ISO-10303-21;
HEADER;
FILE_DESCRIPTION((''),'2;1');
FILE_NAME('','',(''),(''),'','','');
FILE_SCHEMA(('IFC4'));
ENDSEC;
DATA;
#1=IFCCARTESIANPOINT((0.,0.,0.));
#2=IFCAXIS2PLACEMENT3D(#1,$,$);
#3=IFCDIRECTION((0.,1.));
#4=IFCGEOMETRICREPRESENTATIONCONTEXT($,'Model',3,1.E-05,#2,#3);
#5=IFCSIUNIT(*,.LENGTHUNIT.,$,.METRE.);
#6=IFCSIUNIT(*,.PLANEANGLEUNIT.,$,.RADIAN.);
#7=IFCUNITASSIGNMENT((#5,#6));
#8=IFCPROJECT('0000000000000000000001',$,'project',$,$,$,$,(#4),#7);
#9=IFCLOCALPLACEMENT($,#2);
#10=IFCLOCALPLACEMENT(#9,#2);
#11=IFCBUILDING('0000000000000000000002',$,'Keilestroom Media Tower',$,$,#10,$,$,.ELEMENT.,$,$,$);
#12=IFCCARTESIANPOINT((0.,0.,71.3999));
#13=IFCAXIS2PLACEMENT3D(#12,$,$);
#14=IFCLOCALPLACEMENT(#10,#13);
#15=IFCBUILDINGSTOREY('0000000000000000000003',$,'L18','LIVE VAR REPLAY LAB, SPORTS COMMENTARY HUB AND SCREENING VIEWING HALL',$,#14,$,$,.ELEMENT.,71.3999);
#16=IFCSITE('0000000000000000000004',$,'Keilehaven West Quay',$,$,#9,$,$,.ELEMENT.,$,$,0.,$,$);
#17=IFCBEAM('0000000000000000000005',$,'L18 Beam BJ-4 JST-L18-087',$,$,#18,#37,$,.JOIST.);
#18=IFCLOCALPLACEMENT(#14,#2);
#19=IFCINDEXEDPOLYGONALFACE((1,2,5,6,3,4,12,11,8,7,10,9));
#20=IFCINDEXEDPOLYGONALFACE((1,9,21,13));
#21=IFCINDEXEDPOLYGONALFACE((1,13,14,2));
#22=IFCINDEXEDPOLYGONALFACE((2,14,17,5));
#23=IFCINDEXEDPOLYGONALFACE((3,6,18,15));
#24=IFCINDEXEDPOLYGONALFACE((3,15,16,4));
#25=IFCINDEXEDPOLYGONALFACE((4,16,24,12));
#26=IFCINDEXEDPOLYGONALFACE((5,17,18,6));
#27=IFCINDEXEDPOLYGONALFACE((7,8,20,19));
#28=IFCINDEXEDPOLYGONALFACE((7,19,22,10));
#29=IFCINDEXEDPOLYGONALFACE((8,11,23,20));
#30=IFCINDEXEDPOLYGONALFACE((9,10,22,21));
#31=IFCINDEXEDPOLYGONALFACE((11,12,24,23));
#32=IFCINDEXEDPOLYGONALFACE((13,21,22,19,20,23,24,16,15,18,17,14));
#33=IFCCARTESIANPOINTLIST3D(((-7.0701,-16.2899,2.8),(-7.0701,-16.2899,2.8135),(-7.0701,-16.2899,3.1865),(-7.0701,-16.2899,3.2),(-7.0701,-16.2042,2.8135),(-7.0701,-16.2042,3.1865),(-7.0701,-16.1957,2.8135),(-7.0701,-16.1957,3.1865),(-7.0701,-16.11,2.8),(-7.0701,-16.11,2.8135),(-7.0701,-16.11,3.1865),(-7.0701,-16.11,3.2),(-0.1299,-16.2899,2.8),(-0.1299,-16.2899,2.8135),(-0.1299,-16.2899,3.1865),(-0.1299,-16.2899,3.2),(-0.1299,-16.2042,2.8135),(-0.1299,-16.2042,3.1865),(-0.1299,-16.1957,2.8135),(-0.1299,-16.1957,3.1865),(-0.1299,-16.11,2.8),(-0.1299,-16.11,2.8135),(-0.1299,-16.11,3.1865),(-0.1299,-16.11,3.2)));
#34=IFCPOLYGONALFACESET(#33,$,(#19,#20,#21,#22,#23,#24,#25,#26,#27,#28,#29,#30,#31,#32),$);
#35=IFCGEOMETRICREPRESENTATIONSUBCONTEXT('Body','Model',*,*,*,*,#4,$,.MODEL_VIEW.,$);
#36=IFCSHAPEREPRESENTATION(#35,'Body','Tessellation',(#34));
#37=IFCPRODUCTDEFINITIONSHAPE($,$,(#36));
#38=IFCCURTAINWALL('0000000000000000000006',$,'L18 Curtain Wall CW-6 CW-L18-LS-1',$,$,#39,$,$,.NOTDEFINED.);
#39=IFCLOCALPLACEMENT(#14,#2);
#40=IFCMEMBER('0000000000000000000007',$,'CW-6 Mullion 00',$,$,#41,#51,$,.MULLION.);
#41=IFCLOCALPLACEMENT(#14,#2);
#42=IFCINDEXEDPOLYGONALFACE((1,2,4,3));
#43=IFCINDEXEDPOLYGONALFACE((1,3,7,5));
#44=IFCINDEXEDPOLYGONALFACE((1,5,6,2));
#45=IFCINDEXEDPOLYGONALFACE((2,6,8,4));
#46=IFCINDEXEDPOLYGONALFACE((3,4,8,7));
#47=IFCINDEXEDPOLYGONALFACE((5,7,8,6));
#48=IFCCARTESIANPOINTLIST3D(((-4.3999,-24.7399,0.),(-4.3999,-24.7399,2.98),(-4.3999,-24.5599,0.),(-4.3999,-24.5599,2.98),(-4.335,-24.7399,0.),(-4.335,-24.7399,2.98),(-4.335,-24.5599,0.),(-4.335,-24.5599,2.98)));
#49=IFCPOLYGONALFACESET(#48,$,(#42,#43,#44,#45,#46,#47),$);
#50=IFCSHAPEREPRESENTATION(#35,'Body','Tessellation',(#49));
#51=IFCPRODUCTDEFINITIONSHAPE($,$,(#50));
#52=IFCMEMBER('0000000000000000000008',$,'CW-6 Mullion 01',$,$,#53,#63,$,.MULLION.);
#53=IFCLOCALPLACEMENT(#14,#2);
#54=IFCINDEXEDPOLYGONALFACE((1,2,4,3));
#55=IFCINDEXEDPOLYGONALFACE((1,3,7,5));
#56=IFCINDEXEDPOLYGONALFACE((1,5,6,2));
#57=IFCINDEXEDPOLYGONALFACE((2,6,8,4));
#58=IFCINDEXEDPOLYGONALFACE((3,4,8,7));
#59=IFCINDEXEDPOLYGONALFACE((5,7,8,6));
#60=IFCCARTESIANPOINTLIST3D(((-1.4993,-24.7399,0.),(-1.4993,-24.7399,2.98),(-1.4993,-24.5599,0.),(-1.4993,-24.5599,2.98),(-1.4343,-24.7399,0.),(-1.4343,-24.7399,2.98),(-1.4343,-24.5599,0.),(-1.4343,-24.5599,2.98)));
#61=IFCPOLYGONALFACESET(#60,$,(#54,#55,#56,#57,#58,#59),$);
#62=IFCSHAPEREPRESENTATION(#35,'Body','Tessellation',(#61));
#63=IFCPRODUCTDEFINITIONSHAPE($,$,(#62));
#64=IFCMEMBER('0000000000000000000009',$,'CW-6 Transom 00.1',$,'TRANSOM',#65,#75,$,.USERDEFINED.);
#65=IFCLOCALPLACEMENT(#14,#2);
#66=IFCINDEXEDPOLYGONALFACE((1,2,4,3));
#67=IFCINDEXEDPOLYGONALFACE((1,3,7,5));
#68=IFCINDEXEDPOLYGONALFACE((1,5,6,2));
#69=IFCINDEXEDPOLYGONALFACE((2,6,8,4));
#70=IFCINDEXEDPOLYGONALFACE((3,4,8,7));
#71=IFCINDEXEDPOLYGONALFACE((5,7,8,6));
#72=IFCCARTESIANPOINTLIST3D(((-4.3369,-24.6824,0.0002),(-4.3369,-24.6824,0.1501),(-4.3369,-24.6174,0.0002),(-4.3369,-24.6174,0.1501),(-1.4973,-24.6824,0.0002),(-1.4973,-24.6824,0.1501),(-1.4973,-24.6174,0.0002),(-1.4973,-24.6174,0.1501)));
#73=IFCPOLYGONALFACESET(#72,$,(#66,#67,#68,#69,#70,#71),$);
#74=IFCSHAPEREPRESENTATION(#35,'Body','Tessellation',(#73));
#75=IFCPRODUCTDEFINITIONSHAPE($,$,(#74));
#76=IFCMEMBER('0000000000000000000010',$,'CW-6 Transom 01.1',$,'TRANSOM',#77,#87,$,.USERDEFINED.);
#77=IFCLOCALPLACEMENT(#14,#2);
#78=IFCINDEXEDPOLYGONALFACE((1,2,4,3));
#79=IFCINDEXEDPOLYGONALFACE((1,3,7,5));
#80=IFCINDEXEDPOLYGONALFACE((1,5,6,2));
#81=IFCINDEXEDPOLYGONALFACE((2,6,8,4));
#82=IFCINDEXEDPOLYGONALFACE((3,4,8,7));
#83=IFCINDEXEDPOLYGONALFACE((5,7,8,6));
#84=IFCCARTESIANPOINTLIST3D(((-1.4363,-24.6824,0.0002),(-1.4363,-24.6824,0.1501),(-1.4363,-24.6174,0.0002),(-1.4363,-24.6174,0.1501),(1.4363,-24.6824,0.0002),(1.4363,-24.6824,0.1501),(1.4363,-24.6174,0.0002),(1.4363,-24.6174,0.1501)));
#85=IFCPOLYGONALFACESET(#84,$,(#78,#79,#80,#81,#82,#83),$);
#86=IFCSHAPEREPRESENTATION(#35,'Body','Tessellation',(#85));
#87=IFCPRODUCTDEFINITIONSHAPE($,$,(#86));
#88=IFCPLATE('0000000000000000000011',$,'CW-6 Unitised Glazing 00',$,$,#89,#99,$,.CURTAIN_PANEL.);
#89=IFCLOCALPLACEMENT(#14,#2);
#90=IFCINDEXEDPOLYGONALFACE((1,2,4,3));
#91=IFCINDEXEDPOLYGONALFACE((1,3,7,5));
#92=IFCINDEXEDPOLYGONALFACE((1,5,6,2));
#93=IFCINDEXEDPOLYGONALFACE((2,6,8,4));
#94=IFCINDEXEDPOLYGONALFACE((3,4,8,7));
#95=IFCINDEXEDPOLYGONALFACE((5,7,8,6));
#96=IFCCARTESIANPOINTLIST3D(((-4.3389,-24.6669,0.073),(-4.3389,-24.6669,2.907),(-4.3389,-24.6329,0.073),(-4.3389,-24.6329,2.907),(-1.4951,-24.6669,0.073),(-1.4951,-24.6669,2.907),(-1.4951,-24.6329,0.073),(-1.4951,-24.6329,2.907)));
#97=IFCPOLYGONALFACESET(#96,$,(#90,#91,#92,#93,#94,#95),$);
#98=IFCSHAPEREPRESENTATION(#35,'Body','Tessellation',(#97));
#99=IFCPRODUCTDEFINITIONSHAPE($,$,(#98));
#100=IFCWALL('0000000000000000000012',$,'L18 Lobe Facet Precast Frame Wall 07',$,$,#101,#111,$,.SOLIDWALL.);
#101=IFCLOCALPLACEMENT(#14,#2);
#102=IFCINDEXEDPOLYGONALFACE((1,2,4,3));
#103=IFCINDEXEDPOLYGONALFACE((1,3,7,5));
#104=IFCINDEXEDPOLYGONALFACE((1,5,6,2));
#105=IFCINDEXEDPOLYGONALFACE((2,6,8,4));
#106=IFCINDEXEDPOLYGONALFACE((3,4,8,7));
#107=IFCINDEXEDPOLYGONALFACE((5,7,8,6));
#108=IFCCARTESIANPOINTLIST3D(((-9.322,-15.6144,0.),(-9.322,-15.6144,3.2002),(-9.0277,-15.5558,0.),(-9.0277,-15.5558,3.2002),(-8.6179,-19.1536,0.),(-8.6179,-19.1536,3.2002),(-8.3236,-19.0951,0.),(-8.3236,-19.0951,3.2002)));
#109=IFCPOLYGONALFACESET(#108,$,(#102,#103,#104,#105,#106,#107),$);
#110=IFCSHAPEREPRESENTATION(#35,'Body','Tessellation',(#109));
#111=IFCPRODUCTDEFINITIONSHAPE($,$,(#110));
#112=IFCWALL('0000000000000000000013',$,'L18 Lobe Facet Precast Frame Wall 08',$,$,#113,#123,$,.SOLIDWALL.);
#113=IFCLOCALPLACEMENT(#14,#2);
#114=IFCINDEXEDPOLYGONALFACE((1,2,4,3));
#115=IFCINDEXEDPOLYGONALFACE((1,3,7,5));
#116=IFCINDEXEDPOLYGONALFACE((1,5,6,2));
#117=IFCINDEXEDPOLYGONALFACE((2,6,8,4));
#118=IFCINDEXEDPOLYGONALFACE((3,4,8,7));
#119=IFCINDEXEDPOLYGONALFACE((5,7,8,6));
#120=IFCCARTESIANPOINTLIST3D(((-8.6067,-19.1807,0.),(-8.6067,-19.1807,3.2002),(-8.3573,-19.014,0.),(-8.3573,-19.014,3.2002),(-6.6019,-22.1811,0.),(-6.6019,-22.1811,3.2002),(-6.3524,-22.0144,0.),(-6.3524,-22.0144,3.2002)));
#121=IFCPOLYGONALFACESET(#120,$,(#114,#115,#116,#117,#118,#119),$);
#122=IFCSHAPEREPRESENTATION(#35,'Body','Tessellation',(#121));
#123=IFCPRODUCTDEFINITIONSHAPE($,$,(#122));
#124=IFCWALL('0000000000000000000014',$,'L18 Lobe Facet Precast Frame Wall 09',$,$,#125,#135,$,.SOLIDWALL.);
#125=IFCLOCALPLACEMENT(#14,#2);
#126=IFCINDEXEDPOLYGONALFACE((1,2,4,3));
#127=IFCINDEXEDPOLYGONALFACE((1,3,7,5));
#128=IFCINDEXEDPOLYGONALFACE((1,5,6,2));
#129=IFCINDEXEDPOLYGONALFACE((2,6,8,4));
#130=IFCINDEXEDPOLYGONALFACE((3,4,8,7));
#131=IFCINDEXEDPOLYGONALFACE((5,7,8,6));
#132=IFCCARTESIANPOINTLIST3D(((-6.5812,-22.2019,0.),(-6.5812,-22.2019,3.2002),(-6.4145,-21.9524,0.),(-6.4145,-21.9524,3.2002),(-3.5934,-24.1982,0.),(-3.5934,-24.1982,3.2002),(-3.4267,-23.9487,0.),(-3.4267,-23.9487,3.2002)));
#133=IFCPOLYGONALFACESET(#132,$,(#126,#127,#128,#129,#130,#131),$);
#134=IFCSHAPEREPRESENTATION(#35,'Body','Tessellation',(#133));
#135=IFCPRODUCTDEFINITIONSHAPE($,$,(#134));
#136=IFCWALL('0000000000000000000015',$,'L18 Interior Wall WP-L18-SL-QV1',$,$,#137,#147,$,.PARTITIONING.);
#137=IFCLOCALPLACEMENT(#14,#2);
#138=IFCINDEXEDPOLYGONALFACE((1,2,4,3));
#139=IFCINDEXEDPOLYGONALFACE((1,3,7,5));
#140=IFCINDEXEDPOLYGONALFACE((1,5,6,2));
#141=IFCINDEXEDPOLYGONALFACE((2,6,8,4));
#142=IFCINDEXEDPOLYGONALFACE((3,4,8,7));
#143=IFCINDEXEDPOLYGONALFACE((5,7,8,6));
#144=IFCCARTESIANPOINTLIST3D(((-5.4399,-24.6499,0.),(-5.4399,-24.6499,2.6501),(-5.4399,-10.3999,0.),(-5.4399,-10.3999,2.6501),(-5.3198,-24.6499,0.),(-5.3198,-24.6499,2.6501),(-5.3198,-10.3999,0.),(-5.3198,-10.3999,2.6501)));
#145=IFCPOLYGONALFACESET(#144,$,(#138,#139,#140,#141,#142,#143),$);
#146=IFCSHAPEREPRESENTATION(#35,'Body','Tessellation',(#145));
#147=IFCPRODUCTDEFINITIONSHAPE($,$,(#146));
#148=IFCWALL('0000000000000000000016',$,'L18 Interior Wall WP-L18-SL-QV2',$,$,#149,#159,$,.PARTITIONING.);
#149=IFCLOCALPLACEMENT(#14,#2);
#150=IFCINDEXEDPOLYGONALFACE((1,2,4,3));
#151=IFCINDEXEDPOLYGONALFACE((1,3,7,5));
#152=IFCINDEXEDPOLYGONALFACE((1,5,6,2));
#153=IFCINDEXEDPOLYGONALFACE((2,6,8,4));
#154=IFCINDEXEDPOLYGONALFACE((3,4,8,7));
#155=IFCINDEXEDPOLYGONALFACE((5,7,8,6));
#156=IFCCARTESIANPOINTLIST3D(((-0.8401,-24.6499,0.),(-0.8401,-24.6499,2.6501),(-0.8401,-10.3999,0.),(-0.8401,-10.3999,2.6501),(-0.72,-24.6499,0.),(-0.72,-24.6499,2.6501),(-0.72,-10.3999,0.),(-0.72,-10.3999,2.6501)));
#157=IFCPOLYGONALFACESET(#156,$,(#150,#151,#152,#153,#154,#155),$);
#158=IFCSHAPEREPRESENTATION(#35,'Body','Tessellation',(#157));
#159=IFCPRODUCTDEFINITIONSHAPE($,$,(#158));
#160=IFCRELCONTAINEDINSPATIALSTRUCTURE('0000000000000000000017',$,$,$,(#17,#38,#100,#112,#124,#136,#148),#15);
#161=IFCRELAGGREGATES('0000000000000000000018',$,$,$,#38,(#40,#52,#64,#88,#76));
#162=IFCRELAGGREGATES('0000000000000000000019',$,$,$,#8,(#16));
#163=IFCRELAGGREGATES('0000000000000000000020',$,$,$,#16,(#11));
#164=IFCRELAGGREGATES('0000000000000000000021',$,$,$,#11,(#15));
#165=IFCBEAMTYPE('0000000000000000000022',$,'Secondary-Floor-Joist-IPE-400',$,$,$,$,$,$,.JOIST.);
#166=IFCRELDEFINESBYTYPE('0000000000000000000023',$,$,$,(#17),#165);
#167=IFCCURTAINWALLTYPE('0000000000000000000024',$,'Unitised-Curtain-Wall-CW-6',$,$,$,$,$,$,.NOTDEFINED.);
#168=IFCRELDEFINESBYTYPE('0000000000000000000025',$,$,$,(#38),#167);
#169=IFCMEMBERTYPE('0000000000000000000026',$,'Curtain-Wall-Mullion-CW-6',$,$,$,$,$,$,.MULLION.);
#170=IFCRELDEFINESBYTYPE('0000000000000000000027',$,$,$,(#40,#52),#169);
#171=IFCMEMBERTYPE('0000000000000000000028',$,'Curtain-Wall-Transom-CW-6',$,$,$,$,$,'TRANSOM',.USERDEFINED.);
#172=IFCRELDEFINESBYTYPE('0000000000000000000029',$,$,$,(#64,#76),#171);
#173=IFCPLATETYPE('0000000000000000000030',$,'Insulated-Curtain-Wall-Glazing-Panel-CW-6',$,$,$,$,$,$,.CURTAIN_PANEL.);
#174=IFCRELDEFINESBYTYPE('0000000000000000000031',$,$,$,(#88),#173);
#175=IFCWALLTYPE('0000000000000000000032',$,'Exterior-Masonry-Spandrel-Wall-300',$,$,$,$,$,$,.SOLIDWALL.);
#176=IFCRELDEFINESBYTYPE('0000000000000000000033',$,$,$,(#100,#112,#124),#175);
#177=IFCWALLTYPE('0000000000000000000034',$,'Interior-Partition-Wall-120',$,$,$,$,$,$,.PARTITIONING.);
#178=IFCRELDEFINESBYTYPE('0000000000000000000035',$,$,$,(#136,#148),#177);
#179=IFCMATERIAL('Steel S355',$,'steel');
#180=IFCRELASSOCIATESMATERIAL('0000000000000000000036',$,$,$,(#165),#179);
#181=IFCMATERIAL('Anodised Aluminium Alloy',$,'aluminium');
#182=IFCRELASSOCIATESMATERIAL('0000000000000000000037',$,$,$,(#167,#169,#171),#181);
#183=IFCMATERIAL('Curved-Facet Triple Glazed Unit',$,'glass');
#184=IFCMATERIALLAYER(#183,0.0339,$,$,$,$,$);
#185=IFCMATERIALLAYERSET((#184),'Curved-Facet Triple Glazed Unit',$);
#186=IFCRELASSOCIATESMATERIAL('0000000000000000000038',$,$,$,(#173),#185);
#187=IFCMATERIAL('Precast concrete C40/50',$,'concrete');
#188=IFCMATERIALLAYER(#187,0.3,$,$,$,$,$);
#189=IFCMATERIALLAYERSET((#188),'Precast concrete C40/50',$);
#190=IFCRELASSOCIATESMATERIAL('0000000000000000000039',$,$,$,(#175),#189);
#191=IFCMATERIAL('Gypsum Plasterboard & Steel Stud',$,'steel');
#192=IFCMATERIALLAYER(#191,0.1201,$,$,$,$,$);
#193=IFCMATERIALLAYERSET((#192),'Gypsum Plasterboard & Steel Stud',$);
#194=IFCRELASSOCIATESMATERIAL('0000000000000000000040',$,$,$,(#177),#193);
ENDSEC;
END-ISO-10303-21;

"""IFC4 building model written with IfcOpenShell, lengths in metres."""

from ifc_helpers import new_model, si_unit, direction, frame, frame_2d, origin, origin_2d, place, context, subcontext, project, spatial, rectangle, i_section, extrude, source, transform, mapped, material, layer, layer_set, material_profile, profile_set, type_object, element, aggregate, save


model = new_model("IFC4")

# Units and contexts
model_context = context("Model", 3, precision=1e-05, world=origin(), true_north=direction((0.0, 1.0)))
body_context = subcontext(model_context, "Body", "Model", "MODEL_VIEW")
ifc_project = project(units=[si_unit("LENGTHUNIT", "METRE"), si_unit("PLANEANGLEUNIT", "RADIAN")], contexts=[model_context])

# Site, building, storey
site_placement = place(None, origin())
site = spatial("IfcSite", under=ifc_project, at=site_placement, Name="Keilehaven West Quay", CompositionType="ELEMENT", RefElevation=0.0)
building_placement = place(site_placement, origin())
building = spatial("IfcBuilding", under=site, at=building_placement, Name="Keilestroom Media Tower", CompositionType="ELEMENT")
storey_placement = place(building_placement, frame((0.0, 0.0, 71.3999)))
storey = spatial("IfcBuildingStorey", under=building, at=storey_placement, Name="L18", Description="LIVE VAR REPLAY LAB, SPORTS COMMENTARY HUB AND SCREENING VIEWING HALL", CompositionType="ELEMENT", Elevation=71.3999)

# Beam
ifc_material_1 = material(Name="Steel S355", Category="steel")
ifc_material_profile_1 = material_profile(ifc_material_1, i_section(OverallWidth=0.1799, OverallDepth=0.3999, WebThickness=0.0085, FlangeThickness=0.0134, at=origin_2d()), Name="IPE 400")
ifc_profile_set_1 = profile_set([ifc_material_profile_1], Name="Steel S355")
beam_type_1 = type_object("IfcBeamType", Name="Secondary-Floor-Joist-IPE-400", PredefinedType="JOIST", material=ifc_profile_set_1)
shared_shape_1 = source(origin(), body_context, "Body", "SweptSolid", [
    extrude(i_section(OverallWidth=0.1799, OverallDepth=0.3999, WebThickness=0.0085, FlangeThickness=0.0134, at=origin_2d()), origin(), (0.0, 0.0, 1.0), 6.9402),
])
beam_1_placement = place(storey_placement, frame((-7.0701, -16.2, 3.0), z_axis=(1.0, 0.0, 0.0), x_axis=(0.0, 1.0, 0.0)))
element("IfcBeam", 1, at=beam_1_placement, inside=storey, type_object=beam_type_1, Name="L18 Beam BJ-4 JST-L18-087", PredefinedType="JOIST", context=body_context, shape_type="MappedRepresentation", body=[
    mapped(shared_shape_1, transform((0.0, 0.0, 0.0), x_axis=(1.0, 0.0, 0.0), y_axis=(0.0, 1.0, 0.0), z_axis=(0.0, 0.0, 1.0), scale=1.0)),
])

# Curtain wall, members, plate
ifc_material_2 = material(Name="Anodised Aluminium Alloy", Category="aluminium")
curtain_wall_type = type_object("IfcCurtainWallType", Name="Unitised-Curtain-Wall-CW-6", PredefinedType="NOTDEFINED", material=ifc_material_2)
curtain_wall_placement = place(storey_placement, origin())
curtain_wall = element("IfcCurtainWall", 2, at=curtain_wall_placement, inside=storey, type_object=curtain_wall_type, Name="L18 Curtain Wall CW-6 CW-L18-LS-1", PredefinedType="NOTDEFINED")
ifc_material_profile_2 = material_profile(ifc_material_2, rectangle(XDim=0.0649, YDim=0.1799, at=origin_2d()), Name="ALU MULLION 65x180")
ifc_profile_set_2 = profile_set([ifc_material_profile_2], Name="Anodised Aluminium Alloy")
member_type_1 = type_object("IfcMemberType", Name="Curtain-Wall-Mullion-CW-6", PredefinedType="MULLION", material=ifc_profile_set_2)
shared_shape_2 = source(origin(), body_context, "Body", "SweptSolid", [
    extrude(rectangle(XDim=0.0649, YDim=0.1799, at=origin_2d()), origin(), (0.0, 0.0, 1.0), 2.98),
])
member_1_placement = place(storey_placement, frame((-4.3674, -24.6499, 0.0), z_axis=(0.0, 0.0, 1.0), x_axis=(1.0, 0.0, 0.0)))
member_1 = element("IfcMember", 3, at=member_1_placement, type_object=member_type_1, Name="CW-6 Mullion 00", PredefinedType="MULLION", context=body_context, shape_type="MappedRepresentation", body=[
    mapped(shared_shape_2, transform((0.0, 0.0, 0.0), x_axis=(1.0, 0.0, 0.0), y_axis=(0.0, 1.0, 0.0), z_axis=(0.0, 0.0, 1.0), scale=1.0)),
])
member_2_placement = place(storey_placement, frame((-1.4668, -24.6499, 0.0), z_axis=(0.0, 0.0, 1.0), x_axis=(1.0, 0.0, 0.0)))
member_2 = element("IfcMember", 4, at=member_2_placement, type_object=member_type_1, Name="CW-6 Mullion 01", PredefinedType="MULLION", context=body_context, shape_type="MappedRepresentation", body=[
    mapped(shared_shape_2, transform((0.0, 0.0, 0.0), x_axis=(1.0, 0.0, 0.0), y_axis=(0.0, 1.0, 0.0), z_axis=(0.0, 0.0, 1.0), scale=1.0)),
])
ifc_material_profile_3 = material_profile(ifc_material_2, rectangle(XDim=0.0649, YDim=0.1499, at=origin_2d()), Name="ALU TRANSOM 65x150")
ifc_profile_set_3 = profile_set([ifc_material_profile_3], Name="Anodised Aluminium Alloy")
member_type_2 = type_object("IfcMemberType", Name="Curtain-Wall-Transom-CW-6", ElementType="TRANSOM", PredefinedType="USERDEFINED", material=ifc_profile_set_3)
shared_shape_3 = source(origin(), body_context, "Body", "SweptSolid", [
    extrude(rectangle(XDim=0.0649, YDim=0.1499, at=origin_2d()), origin(), (0.0, 0.0, 1.0), 2.8396),
])
member_3_placement = place(storey_placement, frame((-4.3369, -24.6499, 0.0752), z_axis=(1.0, 0.0, 0.0), x_axis=(0.0, 1.0, 0.0)))
member_3 = element("IfcMember", 5, at=member_3_placement, type_object=member_type_2, Name="CW-6 Transom 00.1", ObjectType="TRANSOM", PredefinedType="USERDEFINED", context=body_context, shape_type="MappedRepresentation", body=[
    mapped(shared_shape_3, transform((0.0, 0.0, 0.0), x_axis=(1.0, 0.0, 0.0), y_axis=(0.0, 1.0, 0.0), z_axis=(0.0, 0.0, 1.0), scale=1.0)),
])
shared_shape_4 = source(origin(), body_context, "Body", "SweptSolid", [
    extrude(rectangle(XDim=0.0649, YDim=0.1499, at=origin_2d()), origin(), (0.0, 0.0, 1.0), 2.8726),
])
member_4_placement = place(storey_placement, frame((-1.4363, -24.6499, 0.0752), z_axis=(1.0, 0.0, 0.0), x_axis=(0.0, 1.0, 0.0)))
member_4 = element("IfcMember", 6, at=member_4_placement, type_object=member_type_2, Name="CW-6 Transom 01.1", ObjectType="TRANSOM", PredefinedType="USERDEFINED", context=body_context, shape_type="MappedRepresentation", body=[
    mapped(shared_shape_4, transform((0.0, 0.0, 0.0), x_axis=(1.0, 0.0, 0.0), y_axis=(0.0, 1.0, 0.0), z_axis=(0.0, 0.0, 1.0), scale=1.0)),
])
ifc_material_3 = material(Name="Curved-Facet Triple Glazed Unit", Category="glass")
ifc_layer_1 = layer(ifc_material_3, 0.0339)
ifc_layer_set_1 = layer_set([ifc_layer_1], Name="Curved-Facet Triple Glazed Unit")
plate_type = type_object("IfcPlateType", Name="Insulated-Curtain-Wall-Glazing-Panel-CW-6", PredefinedType="CURTAIN_PANEL", material=ifc_layer_set_1)
shared_shape_5 = source(origin(), body_context, "Body", "SweptSolid", [
    extrude(rectangle(XDim=2.8438, YDim=0.0339, at=origin_2d()), origin(), (0.0, 0.0, 1.0), 2.834),
])
plate_placement = place(storey_placement, frame((-2.917, -24.6499, 0.073), z_axis=(0.0, 0.0, 1.0), x_axis=(1.0, 0.0, 0.0)))
plate = element("IfcPlate", 7, at=plate_placement, type_object=plate_type, Name="CW-6 Unitised Glazing 00", PredefinedType="CURTAIN_PANEL", context=body_context, shape_type="MappedRepresentation", body=[
    mapped(shared_shape_5, transform((0.0, 0.0, 0.0), x_axis=(1.0, 0.0, 0.0), y_axis=(0.0, 1.0, 0.0), z_axis=(0.0, 0.0, 1.0), scale=1.0)),
])
aggregate(curtain_wall, [member_1, member_2, member_3, plate, member_4])

# Walls
ifc_material_4 = material(Name="Precast concrete C40/50", Category="concrete")
ifc_layer_2 = layer(ifc_material_4, 0.3)
ifc_layer_set_2 = layer_set([ifc_layer_2], Name="Precast concrete C40/50")
wall_type_1 = type_object("IfcWallType", Name="Exterior-Masonry-Spandrel-Wall-300", PredefinedType="SOLIDWALL", material=ifc_layer_set_2)
for number, where, z_axis, x_axis, name in (
    (8, (-9.1748, -15.5852, 0.0), (0.0, 0.0, 1.0), (0.195114, -0.980781, 0.0), "L18 Lobe Facet Precast Frame Wall 07"),
    (9, (-8.4819, -19.0974, 0.0), (0.0, 0.0, 1.0), (0.555574, -0.831467, 0.0), "L18 Lobe Facet Precast Frame Wall 08"),
):
    element("IfcWall", number, at=place(storey_placement, frame(where, z_axis=z_axis, x_axis=x_axis)), inside=storey, type_object=wall_type_1, Name=name, PredefinedType="SOLIDWALL", context=body_context, shape_type="SweptSolid", body=[
        extrude(rectangle(XDim=3.6086, YDim=0.3, at=frame_2d((1.8042, 0.0))), origin(), (0.0, 0.0, 1.0), 3.2002),
    ])
wall_1_placement = place(storey_placement, frame((-6.4978, -22.0771, 0.0), z_axis=(0.0, 0.0, 1.0), x_axis=(0.831475, -0.555562, 0.0)))
element("IfcWall", 10, at=wall_1_placement, inside=storey, type_object=wall_type_1, Name="L18 Lobe Facet Precast Frame Wall 09", PredefinedType="SOLIDWALL", context=body_context, shape_type="SweptSolid", body=[
    extrude(rectangle(XDim=3.5933, YDim=0.3, at=frame_2d((1.7966, 0.0))), origin(), (0.0, 0.0, 1.0), 3.2002),
])
ifc_material_5 = material(Name="Gypsum Plasterboard & Steel Stud", Category="steel")
ifc_layer_3 = layer(ifc_material_5, 0.1201)
ifc_layer_set_3 = layer_set([ifc_layer_3], Name="Gypsum Plasterboard & Steel Stud")
wall_type_2 = type_object("IfcWallType", Name="Interior-Partition-Wall-120", PredefinedType="PARTITIONING", material=ifc_layer_set_3)
for number, where, z_axis, x_axis, name in (
    (11, (-5.3799, -24.6499, 0.0), (0.0, 0.0, 1.0), (0.0, 1.0, 0.0), "L18 Interior Wall WP-L18-SL-QV1"),
    (12, (-0.78, -24.6499, 0.0), (0.0, 0.0, 1.0), (0.0, 1.0, 0.0), "L18 Interior Wall WP-L18-SL-QV2"),
):
    element("IfcWall", number, at=place(storey_placement, frame(where, z_axis=z_axis, x_axis=x_axis)), inside=storey, type_object=wall_type_2, Name=name, PredefinedType="PARTITIONING", context=body_context, shape_type="SweptSolid", body=[
        extrude(rectangle(XDim=14.25, YDim=0.1201, at=frame_2d((7.125, 0.0))), origin(), (0.0, 0.0, 1.0), 2.6501),
    ])

save(model, "model.ifc")
